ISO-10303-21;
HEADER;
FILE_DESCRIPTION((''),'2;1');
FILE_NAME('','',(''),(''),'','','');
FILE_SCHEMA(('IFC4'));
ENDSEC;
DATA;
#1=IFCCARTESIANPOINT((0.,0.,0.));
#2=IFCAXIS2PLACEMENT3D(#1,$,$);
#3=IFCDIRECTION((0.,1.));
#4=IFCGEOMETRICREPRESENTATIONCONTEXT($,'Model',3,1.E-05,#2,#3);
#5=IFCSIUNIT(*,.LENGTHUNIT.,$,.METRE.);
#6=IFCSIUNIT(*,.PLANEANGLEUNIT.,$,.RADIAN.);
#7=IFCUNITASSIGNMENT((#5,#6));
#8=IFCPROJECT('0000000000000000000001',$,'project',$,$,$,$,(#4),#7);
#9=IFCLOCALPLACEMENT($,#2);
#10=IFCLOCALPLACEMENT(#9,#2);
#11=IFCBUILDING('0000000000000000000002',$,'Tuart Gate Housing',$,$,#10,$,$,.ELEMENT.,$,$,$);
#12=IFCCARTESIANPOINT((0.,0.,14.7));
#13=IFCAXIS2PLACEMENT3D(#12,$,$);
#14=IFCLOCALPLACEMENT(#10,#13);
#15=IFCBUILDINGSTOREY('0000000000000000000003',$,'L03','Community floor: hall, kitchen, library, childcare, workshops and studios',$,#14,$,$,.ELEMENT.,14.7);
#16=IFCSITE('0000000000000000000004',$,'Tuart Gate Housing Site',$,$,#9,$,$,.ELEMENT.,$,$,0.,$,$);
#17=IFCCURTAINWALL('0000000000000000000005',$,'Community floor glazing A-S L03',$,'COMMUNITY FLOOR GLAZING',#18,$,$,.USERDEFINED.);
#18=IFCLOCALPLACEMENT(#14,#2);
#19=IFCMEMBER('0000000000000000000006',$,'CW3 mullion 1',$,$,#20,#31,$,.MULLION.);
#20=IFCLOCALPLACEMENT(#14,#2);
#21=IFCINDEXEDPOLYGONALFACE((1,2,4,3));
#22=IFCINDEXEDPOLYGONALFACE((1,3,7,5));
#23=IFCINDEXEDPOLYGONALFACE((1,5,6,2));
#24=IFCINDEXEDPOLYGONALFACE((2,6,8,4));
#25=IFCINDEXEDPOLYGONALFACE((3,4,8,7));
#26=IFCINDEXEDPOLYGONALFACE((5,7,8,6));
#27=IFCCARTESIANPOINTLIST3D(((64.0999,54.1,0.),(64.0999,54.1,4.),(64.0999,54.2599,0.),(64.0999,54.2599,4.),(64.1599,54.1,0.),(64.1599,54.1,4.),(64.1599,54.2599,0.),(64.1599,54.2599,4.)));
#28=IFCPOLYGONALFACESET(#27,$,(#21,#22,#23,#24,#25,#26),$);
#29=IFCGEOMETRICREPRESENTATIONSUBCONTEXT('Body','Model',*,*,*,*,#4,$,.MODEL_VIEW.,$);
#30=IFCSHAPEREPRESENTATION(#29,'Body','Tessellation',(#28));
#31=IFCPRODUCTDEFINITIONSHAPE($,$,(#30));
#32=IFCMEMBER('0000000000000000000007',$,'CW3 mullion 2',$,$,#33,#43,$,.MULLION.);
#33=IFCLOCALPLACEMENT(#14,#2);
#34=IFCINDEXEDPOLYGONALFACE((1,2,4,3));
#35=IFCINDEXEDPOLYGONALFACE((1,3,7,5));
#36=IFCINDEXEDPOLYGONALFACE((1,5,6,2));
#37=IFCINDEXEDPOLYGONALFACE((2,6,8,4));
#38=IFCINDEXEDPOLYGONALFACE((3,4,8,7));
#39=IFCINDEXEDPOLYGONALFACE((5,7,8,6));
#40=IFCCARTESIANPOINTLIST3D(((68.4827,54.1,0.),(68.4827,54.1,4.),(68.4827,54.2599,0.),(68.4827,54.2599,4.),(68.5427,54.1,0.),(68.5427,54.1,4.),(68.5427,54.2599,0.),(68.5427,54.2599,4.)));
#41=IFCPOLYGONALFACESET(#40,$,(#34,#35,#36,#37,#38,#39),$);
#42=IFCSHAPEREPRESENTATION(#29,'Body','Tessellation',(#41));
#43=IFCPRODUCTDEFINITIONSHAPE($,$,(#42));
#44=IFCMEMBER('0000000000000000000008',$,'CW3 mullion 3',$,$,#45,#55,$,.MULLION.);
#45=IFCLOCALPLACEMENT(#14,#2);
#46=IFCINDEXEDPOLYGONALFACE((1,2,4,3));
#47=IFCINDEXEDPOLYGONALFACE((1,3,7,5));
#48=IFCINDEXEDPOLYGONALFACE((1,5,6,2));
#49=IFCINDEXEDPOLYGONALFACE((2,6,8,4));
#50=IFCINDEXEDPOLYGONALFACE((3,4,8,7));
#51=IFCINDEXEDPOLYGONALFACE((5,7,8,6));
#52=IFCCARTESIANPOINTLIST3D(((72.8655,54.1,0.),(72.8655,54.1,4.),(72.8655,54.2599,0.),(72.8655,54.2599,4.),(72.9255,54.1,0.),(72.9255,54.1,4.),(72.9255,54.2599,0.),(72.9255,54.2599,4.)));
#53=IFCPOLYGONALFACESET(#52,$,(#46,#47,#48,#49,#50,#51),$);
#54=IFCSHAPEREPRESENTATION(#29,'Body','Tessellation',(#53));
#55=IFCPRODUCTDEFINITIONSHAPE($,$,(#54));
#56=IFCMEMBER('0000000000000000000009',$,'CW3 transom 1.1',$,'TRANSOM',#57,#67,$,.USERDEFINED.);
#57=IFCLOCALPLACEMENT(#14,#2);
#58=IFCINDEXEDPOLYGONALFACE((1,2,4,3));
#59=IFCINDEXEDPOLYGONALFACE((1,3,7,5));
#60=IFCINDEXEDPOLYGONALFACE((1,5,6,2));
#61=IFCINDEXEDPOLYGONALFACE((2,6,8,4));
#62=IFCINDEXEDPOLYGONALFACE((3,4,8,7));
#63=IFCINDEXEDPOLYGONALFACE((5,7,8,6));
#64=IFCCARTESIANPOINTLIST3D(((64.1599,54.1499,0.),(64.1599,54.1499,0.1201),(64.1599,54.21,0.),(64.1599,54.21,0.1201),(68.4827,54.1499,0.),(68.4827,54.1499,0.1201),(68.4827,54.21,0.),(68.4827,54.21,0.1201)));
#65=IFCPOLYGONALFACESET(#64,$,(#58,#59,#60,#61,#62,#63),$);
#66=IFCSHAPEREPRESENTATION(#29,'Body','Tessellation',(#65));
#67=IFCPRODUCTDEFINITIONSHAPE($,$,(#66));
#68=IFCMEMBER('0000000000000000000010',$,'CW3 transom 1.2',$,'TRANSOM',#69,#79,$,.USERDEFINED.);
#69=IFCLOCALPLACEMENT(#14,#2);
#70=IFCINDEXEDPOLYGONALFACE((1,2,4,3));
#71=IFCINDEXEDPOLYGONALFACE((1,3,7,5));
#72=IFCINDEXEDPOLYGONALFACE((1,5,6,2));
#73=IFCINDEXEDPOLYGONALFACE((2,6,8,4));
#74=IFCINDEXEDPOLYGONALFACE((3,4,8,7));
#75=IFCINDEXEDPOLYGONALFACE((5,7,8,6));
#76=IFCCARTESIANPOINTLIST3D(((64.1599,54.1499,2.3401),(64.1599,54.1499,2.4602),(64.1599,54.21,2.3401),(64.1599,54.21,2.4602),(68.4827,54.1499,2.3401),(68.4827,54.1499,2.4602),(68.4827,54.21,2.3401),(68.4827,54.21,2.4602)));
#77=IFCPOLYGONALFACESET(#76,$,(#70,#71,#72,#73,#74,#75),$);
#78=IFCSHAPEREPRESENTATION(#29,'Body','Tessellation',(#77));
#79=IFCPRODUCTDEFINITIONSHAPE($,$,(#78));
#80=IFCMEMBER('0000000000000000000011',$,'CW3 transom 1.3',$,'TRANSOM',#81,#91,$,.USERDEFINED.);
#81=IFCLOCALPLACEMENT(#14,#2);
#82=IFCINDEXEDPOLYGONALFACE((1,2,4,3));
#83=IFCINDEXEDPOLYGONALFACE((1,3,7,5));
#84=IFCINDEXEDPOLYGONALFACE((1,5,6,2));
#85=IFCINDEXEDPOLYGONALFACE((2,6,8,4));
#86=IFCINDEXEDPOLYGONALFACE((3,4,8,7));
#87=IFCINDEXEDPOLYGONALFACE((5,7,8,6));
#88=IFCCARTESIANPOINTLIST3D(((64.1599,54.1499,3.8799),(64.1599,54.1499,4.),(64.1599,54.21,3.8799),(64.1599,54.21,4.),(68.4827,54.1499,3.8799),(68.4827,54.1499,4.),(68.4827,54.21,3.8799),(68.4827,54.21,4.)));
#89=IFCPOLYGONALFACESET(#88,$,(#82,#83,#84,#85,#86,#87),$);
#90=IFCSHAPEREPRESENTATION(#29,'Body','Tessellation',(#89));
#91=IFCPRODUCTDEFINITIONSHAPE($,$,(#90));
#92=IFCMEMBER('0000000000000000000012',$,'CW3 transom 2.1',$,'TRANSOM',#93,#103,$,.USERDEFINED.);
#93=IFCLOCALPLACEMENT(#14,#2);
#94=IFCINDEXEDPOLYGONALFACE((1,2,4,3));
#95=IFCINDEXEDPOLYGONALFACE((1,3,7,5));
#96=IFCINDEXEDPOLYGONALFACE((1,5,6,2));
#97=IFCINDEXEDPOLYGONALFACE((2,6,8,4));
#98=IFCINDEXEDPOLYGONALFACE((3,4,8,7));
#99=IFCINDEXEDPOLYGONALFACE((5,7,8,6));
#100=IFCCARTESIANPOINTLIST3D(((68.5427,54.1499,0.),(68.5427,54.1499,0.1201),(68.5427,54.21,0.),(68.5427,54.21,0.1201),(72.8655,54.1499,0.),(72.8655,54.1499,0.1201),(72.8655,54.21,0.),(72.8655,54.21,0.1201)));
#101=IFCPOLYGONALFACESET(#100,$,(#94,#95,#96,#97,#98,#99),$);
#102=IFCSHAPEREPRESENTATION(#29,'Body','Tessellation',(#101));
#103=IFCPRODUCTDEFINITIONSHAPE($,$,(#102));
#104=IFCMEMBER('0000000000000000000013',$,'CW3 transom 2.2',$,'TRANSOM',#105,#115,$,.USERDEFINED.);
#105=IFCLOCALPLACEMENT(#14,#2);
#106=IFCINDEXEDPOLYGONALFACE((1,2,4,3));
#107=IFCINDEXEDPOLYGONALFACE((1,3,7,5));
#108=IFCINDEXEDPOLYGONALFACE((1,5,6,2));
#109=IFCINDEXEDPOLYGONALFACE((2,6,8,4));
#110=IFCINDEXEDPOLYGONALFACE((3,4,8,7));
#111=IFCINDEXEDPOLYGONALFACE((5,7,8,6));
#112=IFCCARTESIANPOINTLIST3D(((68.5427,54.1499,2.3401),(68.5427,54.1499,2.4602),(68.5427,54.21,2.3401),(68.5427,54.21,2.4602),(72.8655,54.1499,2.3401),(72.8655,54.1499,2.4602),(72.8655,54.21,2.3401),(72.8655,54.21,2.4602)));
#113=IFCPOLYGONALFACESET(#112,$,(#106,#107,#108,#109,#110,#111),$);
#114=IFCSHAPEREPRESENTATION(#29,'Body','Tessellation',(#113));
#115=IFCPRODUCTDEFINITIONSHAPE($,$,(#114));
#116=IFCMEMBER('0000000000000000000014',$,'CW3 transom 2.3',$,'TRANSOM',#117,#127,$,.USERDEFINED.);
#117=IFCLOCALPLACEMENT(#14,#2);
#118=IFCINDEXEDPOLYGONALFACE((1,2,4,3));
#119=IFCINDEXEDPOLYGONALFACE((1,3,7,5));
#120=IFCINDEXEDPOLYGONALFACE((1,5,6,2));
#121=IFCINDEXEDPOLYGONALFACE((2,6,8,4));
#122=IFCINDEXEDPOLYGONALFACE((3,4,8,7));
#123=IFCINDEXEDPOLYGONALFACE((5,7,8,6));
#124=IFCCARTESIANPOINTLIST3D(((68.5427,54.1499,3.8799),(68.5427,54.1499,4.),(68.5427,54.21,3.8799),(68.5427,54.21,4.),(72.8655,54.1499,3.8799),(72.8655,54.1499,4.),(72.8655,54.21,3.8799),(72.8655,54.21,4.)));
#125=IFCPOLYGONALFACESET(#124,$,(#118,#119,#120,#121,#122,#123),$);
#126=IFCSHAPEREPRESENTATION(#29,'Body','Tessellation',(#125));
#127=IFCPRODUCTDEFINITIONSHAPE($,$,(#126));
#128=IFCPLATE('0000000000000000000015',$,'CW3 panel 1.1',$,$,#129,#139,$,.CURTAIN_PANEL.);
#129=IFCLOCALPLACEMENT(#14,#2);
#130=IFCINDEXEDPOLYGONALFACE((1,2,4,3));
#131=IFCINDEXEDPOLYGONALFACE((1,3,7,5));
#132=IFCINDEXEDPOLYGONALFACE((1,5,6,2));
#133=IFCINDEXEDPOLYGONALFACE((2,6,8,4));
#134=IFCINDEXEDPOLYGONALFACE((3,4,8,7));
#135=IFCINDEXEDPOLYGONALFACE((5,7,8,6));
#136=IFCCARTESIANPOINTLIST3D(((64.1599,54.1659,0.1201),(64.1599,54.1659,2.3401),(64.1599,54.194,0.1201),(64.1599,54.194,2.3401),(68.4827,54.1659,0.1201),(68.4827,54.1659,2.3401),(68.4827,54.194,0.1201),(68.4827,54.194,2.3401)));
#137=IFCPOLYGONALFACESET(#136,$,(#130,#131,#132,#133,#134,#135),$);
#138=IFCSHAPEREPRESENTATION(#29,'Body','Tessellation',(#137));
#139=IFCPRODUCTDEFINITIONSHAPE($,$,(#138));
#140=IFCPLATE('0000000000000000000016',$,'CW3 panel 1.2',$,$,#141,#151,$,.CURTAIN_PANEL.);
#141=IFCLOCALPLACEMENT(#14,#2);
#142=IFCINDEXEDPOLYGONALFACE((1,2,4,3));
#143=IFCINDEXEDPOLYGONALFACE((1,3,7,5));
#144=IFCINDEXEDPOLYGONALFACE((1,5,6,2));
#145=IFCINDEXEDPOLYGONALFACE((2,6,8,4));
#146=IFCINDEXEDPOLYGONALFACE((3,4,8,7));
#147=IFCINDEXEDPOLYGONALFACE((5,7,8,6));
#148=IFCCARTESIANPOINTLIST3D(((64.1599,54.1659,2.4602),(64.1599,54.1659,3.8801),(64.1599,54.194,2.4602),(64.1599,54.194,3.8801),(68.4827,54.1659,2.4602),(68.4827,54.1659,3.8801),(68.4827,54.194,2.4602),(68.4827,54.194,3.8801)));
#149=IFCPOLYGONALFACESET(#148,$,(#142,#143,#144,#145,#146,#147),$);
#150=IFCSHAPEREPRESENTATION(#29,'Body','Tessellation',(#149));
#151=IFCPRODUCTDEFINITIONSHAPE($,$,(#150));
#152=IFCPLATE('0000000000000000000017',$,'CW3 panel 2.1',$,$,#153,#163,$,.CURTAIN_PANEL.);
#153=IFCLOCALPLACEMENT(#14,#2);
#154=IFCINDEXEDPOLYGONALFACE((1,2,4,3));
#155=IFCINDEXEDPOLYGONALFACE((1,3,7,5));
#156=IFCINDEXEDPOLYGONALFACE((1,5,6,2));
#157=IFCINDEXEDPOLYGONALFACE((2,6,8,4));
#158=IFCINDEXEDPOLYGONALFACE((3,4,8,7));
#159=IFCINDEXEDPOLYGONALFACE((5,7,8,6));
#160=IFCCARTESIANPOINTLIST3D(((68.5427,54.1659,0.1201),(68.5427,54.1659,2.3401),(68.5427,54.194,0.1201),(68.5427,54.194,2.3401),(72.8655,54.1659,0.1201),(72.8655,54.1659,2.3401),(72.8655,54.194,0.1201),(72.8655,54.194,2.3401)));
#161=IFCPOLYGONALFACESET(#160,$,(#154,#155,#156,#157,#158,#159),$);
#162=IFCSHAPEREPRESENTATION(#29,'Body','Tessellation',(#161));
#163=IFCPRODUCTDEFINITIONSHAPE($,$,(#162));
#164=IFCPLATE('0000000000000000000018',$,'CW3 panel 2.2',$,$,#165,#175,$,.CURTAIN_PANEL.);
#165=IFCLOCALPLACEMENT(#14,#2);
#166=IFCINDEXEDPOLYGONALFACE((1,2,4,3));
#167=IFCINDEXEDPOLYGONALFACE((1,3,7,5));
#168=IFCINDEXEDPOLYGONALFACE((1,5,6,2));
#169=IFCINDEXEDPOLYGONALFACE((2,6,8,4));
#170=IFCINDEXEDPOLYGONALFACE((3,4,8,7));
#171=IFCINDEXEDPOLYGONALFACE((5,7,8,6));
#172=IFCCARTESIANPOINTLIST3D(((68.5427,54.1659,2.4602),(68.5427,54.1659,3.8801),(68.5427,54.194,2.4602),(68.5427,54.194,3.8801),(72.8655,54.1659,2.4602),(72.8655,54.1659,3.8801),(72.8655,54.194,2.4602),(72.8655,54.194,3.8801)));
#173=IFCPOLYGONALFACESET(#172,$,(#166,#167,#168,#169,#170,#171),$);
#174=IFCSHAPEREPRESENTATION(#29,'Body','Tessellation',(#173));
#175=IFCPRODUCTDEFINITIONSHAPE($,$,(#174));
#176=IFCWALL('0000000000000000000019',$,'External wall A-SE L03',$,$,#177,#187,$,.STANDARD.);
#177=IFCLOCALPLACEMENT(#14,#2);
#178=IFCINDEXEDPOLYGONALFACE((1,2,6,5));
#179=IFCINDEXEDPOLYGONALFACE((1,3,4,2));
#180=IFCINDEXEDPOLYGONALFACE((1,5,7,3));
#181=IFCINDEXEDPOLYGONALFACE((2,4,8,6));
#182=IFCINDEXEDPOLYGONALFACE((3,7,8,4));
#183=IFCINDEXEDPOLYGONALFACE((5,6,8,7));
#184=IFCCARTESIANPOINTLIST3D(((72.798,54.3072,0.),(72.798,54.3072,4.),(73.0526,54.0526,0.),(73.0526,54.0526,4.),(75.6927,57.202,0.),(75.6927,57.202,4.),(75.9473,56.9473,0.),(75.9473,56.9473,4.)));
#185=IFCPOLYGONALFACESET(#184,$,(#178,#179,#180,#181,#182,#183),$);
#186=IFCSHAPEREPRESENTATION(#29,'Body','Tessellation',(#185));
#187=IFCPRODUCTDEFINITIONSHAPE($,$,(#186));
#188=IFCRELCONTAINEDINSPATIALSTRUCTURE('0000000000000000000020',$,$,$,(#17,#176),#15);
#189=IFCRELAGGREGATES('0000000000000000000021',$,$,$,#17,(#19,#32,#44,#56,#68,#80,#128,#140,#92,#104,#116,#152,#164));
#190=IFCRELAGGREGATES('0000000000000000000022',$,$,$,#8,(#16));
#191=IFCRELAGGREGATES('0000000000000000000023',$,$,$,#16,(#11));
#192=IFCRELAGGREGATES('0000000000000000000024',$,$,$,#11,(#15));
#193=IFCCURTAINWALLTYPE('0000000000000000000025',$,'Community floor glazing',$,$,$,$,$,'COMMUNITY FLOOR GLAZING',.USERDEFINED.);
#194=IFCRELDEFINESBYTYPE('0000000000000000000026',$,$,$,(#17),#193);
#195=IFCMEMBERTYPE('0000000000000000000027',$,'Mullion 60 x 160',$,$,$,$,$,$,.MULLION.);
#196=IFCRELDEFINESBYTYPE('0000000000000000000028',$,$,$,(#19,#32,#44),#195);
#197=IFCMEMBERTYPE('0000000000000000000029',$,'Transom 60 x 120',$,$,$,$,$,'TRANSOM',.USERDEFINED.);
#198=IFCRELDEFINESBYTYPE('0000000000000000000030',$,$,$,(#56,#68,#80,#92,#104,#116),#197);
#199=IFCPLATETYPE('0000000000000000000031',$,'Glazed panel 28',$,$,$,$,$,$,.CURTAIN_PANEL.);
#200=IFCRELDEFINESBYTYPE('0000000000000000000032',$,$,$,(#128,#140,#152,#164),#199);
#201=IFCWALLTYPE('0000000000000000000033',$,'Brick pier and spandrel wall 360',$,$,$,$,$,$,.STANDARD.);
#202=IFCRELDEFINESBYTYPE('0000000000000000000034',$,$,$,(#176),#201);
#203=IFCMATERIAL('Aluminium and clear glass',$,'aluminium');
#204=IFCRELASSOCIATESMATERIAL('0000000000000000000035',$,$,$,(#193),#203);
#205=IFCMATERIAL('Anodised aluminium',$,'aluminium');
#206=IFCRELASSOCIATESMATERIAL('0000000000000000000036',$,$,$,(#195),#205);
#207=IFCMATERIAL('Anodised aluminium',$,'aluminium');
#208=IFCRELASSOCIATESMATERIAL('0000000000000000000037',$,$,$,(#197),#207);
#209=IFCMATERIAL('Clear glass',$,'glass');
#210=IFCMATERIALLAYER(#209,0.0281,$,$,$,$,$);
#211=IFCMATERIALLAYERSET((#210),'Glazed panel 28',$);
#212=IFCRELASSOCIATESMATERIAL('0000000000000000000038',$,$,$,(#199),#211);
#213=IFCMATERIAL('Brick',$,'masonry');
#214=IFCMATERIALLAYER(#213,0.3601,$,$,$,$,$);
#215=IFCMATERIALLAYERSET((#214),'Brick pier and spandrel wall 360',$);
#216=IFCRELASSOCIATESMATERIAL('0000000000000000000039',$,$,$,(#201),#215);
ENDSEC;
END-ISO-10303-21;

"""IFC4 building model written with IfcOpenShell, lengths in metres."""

from ifc_helpers import new_model, si_unit, direction, frame, frame_2d, origin, origin_2d, place, context, subcontext, project, spatial, rectangle, extrude, material, layer, layer_set, material_profile, profile_set, type_object, element, aggregate, save


model = new_model("IFC4")

# Units and contexts
model_context = context("Model", 3, precision=1e-05, world=origin(), true_north=direction((0.0, 1.0)))
body_context = subcontext(model_context, "Body", "Model", "MODEL_VIEW")
ifc_project = project(units=[si_unit("LENGTHUNIT", "METRE"), si_unit("PLANEANGLEUNIT", "RADIAN")], contexts=[model_context])

# Site, building, storey
site_placement = place(None, origin())
site = spatial("IfcSite", under=ifc_project, at=site_placement, Name="Tuart Gate Housing Site", CompositionType="ELEMENT", RefElevation=0.0)
building_placement = place(site_placement, origin())
building = spatial("IfcBuilding", under=site, at=building_placement, Name="Tuart Gate Housing", CompositionType="ELEMENT")
storey_placement = place(building_placement, frame((0.0, 0.0, 14.7)))
storey = spatial("IfcBuildingStorey", under=building, at=storey_placement, Name="L03", Description="Community floor: hall, kitchen, library, childcare, workshops and studios", CompositionType="ELEMENT", Elevation=14.7)

# Curtain wall, members, plates
ifc_material_1 = material(Name="Aluminium and clear glass", Category="aluminium")
curtain_wall_type = type_object("IfcCurtainWallType", Name="Community floor glazing", ElementType="COMMUNITY FLOOR GLAZING", PredefinedType="USERDEFINED", material=ifc_material_1)
curtain_wall_placement = place(storey_placement, origin())
curtain_wall = element("IfcCurtainWall", 1, at=curtain_wall_placement, inside=storey, type_object=curtain_wall_type, Name="Community floor glazing A-S L03", ObjectType="COMMUNITY FLOOR GLAZING", PredefinedType="USERDEFINED")
ifc_material_2 = material(Name="Anodised aluminium", Category="aluminium")
ifc_material_profile_1 = material_profile(ifc_material_2, rectangle(XDim=0.0601, YDim=0.1599, at=origin_2d()), Name="60x160")
ifc_profile_set_1 = profile_set([ifc_material_profile_1], Name="Anodised aluminium")
member_type_1 = type_object("IfcMemberType", Name="Mullion 60 x 160", PredefinedType="MULLION", material=ifc_profile_set_1)
member_1_placement = place(storey_placement, frame((64.1299, 54.1799, 0.0), z_axis=(0.0, 0.0, 1.0), x_axis=(1.0, 0.0, 0.0)))
member_1 = element("IfcMember", 2, at=member_1_placement, type_object=member_type_1, Name="CW3 mullion 1", PredefinedType="MULLION", context=body_context, shape_type="SweptSolid", body=[
    extrude(rectangle(XDim=0.0601, YDim=0.1599, at=origin_2d()), origin(), (0.0, 0.0, 1.0), 4.0),
])
member_2_placement = place(storey_placement, frame((68.5127, 54.1799, 0.0), z_axis=(0.0, 0.0, 1.0), x_axis=(1.0, 0.0, 0.0)))
member_2 = element("IfcMember", 3, at=member_2_placement, type_object=member_type_1, Name="CW3 mullion 2", PredefinedType="MULLION", context=body_context, shape_type="SweptSolid", body=[
    extrude(rectangle(XDim=0.0601, YDim=0.1599, at=origin_2d()), origin(), (0.0, 0.0, 1.0), 4.0),
])
member_3_placement = place(storey_placement, frame((72.8955, 54.1799, 0.0), z_axis=(0.0, 0.0, 1.0), x_axis=(1.0, 0.0, 0.0)))
member_3 = element("IfcMember", 4, at=member_3_placement, type_object=member_type_1, Name="CW3 mullion 3", PredefinedType="MULLION", context=body_context, shape_type="SweptSolid", body=[
    extrude(rectangle(XDim=0.0601, YDim=0.1599, at=origin_2d()), origin(), (0.0, 0.0, 1.0), 4.0),
])
ifc_material_3 = material(Name="Anodised aluminium", Category="aluminium")
ifc_material_profile_2 = material_profile(ifc_material_3, rectangle(XDim=0.0601, YDim=0.1201, at=origin_2d()), Name="60x120")
ifc_profile_set_2 = profile_set([ifc_material_profile_2], Name="Anodised aluminium")
member_type_2 = type_object("IfcMemberType", Name="Transom 60 x 120", ElementType="TRANSOM", PredefinedType="USERDEFINED", material=ifc_profile_set_2)
member_4_placement = place(storey_placement, frame((64.1599, 54.1799, 0.0601), z_axis=(1.0, 0.0, 0.0), x_axis=(0.0, 1.0, 0.0)))
member_4 = element("IfcMember", 5, at=member_4_placement, type_object=member_type_2, Name="CW3 transom 1.1", ObjectType="TRANSOM", PredefinedType="USERDEFINED", context=body_context, shape_type="SweptSolid", body=[
    extrude(rectangle(XDim=0.0601, YDim=0.1201, at=origin_2d()), origin(), (0.0, 0.0, 1.0), 4.3228),
])
member_5_placement = place(storey_placement, frame((64.1599, 54.1799, 2.4001), z_axis=(1.0, 0.0, 0.0), x_axis=(0.0, 1.0, 0.0)))
member_5 = element("IfcMember", 6, at=member_5_placement, type_object=member_type_2, Name="CW3 transom 1.2", ObjectType="TRANSOM", PredefinedType="USERDEFINED", context=body_context, shape_type="SweptSolid", body=[
    extrude(rectangle(XDim=0.0601, YDim=0.1201, at=origin_2d()), origin(), (0.0, 0.0, 1.0), 4.3228),
])
member_6_placement = place(storey_placement, frame((64.1599, 54.1799, 3.9399), z_axis=(1.0, 0.0, 0.0), x_axis=(0.0, 1.0, 0.0)))
member_6 = element("IfcMember", 7, at=member_6_placement, type_object=member_type_2, Name="CW3 transom 1.3", ObjectType="TRANSOM", PredefinedType="USERDEFINED", context=body_context, shape_type="SweptSolid", body=[
    extrude(rectangle(XDim=0.0601, YDim=0.1201, at=origin_2d()), origin(), (0.0, 0.0, 1.0), 4.3228),
])
member_7_placement = place(storey_placement, frame((68.5427, 54.1799, 0.0601), z_axis=(1.0, 0.0, 0.0), x_axis=(0.0, 1.0, 0.0)))
member_7 = element("IfcMember", 8, at=member_7_placement, type_object=member_type_2, Name="CW3 transom 2.1", ObjectType="TRANSOM", PredefinedType="USERDEFINED", context=body_context, shape_type="SweptSolid", body=[
    extrude(rectangle(XDim=0.0601, YDim=0.1201, at=origin_2d()), origin(), (0.0, 0.0, 1.0), 4.3228),
])
member_8_placement = place(storey_placement, frame((68.5427, 54.1799, 2.4001), z_axis=(1.0, 0.0, 0.0), x_axis=(0.0, 1.0, 0.0)))
member_8 = element("IfcMember", 9, at=member_8_placement, type_object=member_type_2, Name="CW3 transom 2.2", ObjectType="TRANSOM", PredefinedType="USERDEFINED", context=body_context, shape_type="SweptSolid", body=[
    extrude(rectangle(XDim=0.0601, YDim=0.1201, at=origin_2d()), origin(), (0.0, 0.0, 1.0), 4.3228),
])
member_9_placement = place(storey_placement, frame((68.5427, 54.1799, 3.9399), z_axis=(1.0, 0.0, 0.0), x_axis=(0.0, 1.0, 0.0)))
member_9 = element("IfcMember", 10, at=member_9_placement, type_object=member_type_2, Name="CW3 transom 2.3", ObjectType="TRANSOM", PredefinedType="USERDEFINED", context=body_context, shape_type="SweptSolid", body=[
    extrude(rectangle(XDim=0.0601, YDim=0.1201, at=origin_2d()), origin(), (0.0, 0.0, 1.0), 4.3228),
])
ifc_material_4 = material(Name="Clear glass", Category="glass")
ifc_layer_1 = layer(ifc_material_4, 0.0281)
ifc_layer_set_1 = layer_set([ifc_layer_1], Name="Glazed panel 28")
plate_type = type_object("IfcPlateType", Name="Glazed panel 28", PredefinedType="CURTAIN_PANEL", material=ifc_layer_set_1)
plate_1_placement = place(storey_placement, frame((66.3213, 54.1799, 0.1201), z_axis=(0.0, 0.0, 1.0), x_axis=(1.0, 0.0, 0.0)))
plate_1 = element("IfcPlate", 11, at=plate_1_placement, type_object=plate_type, Name="CW3 panel 1.1", PredefinedType="CURTAIN_PANEL", context=body_context, shape_type="SweptSolid", body=[
    extrude(rectangle(XDim=4.3228, YDim=0.0281, at=origin_2d()), origin(), (0.0, 0.0, 1.0), 2.22),
])
plate_2_placement = place(storey_placement, frame((66.3213, 54.1799, 2.4602), z_axis=(0.0, 0.0, 1.0), x_axis=(1.0, 0.0, 0.0)))
plate_2 = element("IfcPlate", 12, at=plate_2_placement, type_object=plate_type, Name="CW3 panel 1.2", PredefinedType="CURTAIN_PANEL", context=body_context, shape_type="SweptSolid", body=[
    extrude(rectangle(XDim=4.3228, YDim=0.0281, at=origin_2d()), origin(), (0.0, 0.0, 1.0), 1.4199),
])
plate_3_placement = place(storey_placement, frame((70.7041, 54.1799, 0.1201), z_axis=(0.0, 0.0, 1.0), x_axis=(1.0, 0.0, 0.0)))
plate_3 = element("IfcPlate", 13, at=plate_3_placement, type_object=plate_type, Name="CW3 panel 2.1", PredefinedType="CURTAIN_PANEL", context=body_context, shape_type="SweptSolid", body=[
    extrude(rectangle(XDim=4.3228, YDim=0.0281, at=origin_2d()), origin(), (0.0, 0.0, 1.0), 2.22),
])
plate_4_placement = place(storey_placement, frame((70.7041, 54.1799, 2.4602), z_axis=(0.0, 0.0, 1.0), x_axis=(1.0, 0.0, 0.0)))
plate_4 = element("IfcPlate", 14, at=plate_4_placement, type_object=plate_type, Name="CW3 panel 2.2", PredefinedType="CURTAIN_PANEL", context=body_context, shape_type="SweptSolid", body=[
    extrude(rectangle(XDim=4.3228, YDim=0.0281, at=origin_2d()), origin(), (0.0, 0.0, 1.0), 1.4199),
])
aggregate(curtain_wall, [member_1, member_2, member_3, member_4, member_5, member_6, plate_1, plate_2, member_7, member_8, member_9, plate_3, plate_4])

# Wall
ifc_material_5 = material(Name="Brick", Category="masonry")
ifc_layer_2 = layer(ifc_material_5, 0.3601)
ifc_layer_set_2 = layer_set([ifc_layer_2], Name="Brick pier and spandrel wall 360")
wall_type_1 = type_object("IfcWallType", Name="Brick pier and spandrel wall 360", PredefinedType="STANDARD", material=ifc_layer_set_2)
wall_1_placement = place(storey_placement, frame((72.9253, 54.1799, 0.0), z_axis=(0.0, 0.0, 1.0), x_axis=(0.707107, 0.707107, 0.0)))
element("IfcWall", 15, at=wall_1_placement, inside=storey, type_object=wall_type_1, Name="External wall A-SE L03", PredefinedType="STANDARD", context=body_context, shape_type="SweptSolid", body=[
    extrude(rectangle(XDim=4.0938, YDim=0.3601, at=frame_2d((2.0469, 0.0))), origin(), (0.0, 0.0, 1.0), 4.0),
])

save(model, "model.ifc")
